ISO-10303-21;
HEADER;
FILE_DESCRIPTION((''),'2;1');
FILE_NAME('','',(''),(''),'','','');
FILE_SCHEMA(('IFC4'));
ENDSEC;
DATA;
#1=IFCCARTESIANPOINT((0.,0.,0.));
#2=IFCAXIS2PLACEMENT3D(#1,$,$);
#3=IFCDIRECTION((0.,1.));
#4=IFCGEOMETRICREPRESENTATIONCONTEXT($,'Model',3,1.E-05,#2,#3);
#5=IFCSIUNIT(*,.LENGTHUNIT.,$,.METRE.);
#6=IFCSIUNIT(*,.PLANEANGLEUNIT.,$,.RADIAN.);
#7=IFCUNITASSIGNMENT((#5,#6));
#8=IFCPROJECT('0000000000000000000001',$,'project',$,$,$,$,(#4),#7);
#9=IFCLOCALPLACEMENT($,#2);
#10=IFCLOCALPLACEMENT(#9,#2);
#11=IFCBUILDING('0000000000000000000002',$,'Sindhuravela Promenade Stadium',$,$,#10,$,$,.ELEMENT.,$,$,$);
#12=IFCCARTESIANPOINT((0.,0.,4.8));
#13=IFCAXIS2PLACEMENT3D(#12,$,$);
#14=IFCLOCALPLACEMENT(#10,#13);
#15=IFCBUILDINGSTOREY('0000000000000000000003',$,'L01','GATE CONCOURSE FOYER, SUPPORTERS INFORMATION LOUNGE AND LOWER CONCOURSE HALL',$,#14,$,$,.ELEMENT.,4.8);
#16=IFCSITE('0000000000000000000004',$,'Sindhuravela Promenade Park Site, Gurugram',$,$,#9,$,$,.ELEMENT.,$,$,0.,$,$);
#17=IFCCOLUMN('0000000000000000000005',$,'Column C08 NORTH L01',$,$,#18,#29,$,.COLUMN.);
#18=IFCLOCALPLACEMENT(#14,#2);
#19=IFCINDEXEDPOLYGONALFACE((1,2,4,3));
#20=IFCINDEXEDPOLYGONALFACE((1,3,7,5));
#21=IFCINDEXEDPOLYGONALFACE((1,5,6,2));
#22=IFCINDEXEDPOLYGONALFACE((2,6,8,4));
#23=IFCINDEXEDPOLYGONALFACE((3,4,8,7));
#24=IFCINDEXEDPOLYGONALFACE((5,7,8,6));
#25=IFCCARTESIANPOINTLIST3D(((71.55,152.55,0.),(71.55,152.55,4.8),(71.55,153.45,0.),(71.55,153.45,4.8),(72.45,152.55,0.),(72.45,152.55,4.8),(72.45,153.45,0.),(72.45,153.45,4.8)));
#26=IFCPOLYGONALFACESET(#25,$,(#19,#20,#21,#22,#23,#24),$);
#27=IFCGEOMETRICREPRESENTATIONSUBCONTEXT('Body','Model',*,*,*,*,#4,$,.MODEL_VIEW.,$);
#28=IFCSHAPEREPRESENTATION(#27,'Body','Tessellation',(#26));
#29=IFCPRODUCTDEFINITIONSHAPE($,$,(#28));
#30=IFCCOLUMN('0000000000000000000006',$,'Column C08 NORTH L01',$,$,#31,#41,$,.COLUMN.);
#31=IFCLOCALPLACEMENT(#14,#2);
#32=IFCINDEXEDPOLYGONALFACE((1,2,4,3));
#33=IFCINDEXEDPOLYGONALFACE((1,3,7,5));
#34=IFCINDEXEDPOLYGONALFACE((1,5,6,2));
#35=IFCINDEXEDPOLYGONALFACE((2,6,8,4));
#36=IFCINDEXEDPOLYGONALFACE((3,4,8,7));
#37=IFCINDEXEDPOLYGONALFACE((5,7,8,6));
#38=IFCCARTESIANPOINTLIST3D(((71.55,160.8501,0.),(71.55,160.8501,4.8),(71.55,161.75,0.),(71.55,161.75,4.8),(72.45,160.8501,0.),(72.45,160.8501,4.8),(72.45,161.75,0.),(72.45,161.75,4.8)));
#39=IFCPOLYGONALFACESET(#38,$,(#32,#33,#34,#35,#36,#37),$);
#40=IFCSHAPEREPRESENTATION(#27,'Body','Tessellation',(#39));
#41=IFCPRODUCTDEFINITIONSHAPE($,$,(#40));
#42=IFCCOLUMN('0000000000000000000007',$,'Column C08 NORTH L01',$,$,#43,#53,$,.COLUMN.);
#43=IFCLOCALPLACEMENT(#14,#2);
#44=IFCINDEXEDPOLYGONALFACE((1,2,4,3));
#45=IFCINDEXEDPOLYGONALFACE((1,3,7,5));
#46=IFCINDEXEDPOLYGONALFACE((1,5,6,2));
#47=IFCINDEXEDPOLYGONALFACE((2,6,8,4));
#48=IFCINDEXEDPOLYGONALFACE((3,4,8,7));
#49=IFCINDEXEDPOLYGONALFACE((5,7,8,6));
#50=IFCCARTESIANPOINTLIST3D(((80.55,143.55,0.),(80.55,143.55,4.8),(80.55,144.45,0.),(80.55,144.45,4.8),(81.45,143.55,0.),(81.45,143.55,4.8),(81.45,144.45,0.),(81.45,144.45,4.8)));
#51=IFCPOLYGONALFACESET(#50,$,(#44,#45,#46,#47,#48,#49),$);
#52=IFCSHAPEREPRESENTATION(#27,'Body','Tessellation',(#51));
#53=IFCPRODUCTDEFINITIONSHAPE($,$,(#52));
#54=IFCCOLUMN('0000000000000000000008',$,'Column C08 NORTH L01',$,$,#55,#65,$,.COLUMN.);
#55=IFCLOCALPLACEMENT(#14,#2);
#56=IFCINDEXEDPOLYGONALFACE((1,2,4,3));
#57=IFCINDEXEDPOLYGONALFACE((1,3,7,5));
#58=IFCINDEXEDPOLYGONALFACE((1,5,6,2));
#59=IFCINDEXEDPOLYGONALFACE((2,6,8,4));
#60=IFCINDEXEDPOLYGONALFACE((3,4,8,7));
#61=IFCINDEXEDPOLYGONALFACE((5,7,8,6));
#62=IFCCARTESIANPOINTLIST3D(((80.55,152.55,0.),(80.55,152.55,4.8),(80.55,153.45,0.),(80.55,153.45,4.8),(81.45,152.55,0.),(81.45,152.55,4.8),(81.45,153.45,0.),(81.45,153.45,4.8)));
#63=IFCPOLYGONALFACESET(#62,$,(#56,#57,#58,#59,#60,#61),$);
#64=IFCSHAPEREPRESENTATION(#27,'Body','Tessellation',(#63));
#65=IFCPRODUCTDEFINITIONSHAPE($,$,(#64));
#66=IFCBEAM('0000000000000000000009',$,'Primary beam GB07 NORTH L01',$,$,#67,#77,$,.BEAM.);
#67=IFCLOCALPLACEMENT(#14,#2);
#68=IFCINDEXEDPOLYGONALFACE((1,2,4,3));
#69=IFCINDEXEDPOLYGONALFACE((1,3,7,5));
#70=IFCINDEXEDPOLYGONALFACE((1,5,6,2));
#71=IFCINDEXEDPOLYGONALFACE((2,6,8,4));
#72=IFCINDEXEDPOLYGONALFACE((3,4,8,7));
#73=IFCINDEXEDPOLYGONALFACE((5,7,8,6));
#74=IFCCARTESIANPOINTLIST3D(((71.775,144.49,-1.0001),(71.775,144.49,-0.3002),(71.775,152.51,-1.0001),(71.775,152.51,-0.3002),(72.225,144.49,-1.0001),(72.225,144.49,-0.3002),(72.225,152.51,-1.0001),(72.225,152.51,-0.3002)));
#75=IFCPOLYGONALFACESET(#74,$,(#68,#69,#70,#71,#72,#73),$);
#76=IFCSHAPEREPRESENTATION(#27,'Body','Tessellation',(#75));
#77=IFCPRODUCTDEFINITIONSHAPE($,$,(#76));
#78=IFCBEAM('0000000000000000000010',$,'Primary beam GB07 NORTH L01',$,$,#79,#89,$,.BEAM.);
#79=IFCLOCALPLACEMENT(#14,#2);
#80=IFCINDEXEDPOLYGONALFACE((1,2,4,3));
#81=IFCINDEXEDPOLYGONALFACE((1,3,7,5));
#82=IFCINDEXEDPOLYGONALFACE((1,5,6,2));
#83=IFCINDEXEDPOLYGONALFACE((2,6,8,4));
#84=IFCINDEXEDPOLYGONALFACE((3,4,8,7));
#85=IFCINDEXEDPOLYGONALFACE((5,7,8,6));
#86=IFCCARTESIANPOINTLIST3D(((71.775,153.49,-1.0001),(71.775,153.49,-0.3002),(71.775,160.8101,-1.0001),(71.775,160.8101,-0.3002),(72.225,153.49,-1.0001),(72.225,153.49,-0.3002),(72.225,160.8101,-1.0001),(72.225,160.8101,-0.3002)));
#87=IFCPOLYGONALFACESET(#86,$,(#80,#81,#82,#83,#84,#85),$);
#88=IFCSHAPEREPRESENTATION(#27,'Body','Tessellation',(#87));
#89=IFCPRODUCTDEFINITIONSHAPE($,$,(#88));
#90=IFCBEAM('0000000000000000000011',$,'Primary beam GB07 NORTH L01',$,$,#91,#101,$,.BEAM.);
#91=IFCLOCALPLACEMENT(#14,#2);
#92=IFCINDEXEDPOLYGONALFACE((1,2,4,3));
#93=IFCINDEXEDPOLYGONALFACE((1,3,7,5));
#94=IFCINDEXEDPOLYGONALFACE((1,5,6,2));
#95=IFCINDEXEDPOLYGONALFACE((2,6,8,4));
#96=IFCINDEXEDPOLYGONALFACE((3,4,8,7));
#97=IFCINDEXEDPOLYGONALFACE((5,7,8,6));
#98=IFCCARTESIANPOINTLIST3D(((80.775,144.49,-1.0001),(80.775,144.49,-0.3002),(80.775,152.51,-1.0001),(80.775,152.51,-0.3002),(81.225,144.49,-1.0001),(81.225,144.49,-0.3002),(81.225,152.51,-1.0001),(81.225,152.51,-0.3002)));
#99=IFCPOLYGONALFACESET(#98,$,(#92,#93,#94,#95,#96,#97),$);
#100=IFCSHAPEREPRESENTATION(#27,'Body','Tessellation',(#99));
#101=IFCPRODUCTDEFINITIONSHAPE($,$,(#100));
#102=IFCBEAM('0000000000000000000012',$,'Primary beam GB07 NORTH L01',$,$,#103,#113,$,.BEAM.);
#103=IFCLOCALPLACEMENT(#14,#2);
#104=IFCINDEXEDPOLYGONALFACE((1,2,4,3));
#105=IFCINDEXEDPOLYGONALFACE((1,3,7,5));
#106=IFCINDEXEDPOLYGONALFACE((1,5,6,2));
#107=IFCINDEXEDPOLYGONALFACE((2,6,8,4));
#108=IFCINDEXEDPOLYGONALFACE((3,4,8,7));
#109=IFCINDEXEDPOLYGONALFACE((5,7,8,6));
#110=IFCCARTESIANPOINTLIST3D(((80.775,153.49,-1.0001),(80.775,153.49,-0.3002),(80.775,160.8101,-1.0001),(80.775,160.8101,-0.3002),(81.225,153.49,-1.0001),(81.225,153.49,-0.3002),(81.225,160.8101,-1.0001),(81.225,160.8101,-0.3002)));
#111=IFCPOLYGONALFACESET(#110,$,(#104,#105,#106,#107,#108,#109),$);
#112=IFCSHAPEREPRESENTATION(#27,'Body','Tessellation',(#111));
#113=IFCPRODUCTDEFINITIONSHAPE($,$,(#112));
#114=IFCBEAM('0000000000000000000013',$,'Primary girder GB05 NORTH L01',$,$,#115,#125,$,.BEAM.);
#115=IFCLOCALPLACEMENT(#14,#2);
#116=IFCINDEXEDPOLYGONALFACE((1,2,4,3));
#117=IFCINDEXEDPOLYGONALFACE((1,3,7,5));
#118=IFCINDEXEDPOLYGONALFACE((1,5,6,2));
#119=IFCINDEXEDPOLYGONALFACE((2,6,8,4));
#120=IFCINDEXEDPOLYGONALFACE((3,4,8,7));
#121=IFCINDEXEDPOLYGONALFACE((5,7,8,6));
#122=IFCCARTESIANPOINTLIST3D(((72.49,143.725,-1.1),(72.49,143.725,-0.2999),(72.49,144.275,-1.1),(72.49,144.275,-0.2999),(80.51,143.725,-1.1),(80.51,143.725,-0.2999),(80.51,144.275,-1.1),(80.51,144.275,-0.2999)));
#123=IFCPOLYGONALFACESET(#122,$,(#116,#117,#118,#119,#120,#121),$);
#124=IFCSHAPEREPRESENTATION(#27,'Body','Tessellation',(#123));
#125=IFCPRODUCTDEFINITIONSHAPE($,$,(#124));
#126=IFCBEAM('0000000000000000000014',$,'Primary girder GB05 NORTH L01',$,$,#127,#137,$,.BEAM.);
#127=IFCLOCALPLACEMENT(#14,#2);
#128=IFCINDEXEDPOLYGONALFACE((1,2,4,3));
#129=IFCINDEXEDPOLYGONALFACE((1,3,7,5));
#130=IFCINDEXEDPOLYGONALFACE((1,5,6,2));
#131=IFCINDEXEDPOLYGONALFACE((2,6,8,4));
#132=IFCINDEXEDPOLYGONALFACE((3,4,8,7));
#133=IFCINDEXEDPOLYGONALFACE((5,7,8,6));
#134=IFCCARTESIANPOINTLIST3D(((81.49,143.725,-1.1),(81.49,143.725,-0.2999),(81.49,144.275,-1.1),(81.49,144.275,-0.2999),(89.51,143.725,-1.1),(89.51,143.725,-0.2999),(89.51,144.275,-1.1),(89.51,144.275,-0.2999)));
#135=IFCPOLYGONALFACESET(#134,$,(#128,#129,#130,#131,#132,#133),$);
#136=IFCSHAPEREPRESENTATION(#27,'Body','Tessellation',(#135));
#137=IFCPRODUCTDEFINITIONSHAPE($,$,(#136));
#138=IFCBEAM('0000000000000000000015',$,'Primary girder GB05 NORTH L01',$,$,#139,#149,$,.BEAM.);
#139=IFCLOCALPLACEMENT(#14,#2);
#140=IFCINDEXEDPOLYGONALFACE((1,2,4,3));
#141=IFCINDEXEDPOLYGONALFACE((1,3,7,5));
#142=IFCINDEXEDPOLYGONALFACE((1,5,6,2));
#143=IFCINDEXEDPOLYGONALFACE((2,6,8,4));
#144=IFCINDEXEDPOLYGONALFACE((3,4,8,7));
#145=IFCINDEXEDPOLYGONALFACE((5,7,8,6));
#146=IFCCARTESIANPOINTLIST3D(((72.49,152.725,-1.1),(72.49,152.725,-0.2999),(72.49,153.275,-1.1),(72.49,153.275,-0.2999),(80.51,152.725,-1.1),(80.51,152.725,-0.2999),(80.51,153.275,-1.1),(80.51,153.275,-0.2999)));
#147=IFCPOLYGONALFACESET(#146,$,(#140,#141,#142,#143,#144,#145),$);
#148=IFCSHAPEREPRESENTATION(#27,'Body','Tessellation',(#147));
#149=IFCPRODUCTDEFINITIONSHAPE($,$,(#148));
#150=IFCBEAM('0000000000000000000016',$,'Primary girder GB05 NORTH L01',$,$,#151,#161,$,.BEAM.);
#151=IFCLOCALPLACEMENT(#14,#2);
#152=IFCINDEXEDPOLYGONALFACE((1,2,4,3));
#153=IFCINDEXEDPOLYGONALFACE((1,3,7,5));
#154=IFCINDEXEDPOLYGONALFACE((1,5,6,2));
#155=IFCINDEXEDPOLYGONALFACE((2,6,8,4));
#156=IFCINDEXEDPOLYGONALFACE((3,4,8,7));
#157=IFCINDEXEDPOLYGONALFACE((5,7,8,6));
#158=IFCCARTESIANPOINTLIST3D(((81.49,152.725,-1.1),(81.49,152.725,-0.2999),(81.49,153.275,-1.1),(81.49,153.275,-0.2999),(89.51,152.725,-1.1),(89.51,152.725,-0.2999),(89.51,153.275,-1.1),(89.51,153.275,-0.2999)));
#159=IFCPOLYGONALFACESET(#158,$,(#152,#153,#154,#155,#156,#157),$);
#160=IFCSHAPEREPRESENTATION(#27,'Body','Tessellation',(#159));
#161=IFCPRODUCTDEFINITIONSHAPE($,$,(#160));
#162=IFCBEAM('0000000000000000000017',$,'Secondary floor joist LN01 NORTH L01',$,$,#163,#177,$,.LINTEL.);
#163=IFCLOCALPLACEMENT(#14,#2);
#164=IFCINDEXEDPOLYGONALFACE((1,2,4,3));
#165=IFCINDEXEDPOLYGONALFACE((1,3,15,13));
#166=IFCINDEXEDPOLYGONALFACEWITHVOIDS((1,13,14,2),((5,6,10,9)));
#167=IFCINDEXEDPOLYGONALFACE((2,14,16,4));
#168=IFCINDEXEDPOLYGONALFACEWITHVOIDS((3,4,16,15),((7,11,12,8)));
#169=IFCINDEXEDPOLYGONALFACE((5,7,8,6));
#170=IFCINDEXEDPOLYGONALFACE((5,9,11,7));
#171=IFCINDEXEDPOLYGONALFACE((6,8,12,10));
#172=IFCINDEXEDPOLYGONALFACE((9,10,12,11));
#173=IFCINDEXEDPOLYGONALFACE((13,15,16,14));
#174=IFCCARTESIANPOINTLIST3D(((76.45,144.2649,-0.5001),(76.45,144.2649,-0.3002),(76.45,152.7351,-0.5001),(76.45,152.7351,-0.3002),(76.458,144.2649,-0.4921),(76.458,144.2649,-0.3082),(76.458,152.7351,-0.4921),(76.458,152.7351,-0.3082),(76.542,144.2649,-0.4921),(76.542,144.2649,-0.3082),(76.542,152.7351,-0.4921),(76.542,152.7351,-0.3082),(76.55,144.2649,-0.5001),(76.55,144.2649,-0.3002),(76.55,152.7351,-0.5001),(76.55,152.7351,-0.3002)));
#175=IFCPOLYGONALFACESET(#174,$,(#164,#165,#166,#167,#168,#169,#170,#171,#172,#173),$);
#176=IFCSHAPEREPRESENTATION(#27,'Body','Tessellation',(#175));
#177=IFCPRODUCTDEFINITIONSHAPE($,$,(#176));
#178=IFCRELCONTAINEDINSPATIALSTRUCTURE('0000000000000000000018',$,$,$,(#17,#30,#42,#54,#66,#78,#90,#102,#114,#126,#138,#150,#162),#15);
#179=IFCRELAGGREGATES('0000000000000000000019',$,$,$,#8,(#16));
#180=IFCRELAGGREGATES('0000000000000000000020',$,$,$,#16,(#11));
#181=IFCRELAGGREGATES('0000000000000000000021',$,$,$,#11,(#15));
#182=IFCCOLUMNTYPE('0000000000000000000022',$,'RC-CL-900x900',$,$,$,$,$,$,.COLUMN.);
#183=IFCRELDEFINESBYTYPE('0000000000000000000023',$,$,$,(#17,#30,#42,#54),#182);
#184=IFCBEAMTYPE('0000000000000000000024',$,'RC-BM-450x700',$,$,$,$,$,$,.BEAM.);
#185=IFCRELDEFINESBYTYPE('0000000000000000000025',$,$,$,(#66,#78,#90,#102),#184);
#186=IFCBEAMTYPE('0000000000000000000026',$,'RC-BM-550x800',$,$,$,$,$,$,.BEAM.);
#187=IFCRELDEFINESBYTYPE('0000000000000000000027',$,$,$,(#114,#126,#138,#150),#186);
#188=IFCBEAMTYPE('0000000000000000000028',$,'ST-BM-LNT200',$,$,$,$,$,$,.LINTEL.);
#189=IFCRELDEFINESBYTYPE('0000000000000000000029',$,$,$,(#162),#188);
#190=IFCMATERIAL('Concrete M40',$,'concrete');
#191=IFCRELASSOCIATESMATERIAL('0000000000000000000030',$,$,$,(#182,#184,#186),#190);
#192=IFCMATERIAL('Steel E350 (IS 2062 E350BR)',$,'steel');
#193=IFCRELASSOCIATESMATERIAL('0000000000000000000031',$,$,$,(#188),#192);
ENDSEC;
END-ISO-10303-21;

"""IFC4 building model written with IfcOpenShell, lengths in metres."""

from ifc_helpers import new_model, si_unit, direction, frame, origin, origin_2d, place, context, subcontext, project, spatial, rectangle, hollow_rectangle, extrude, material, material_profile, profile_set, type_object, element, save


model = new_model("IFC4")

# Units and contexts
model_context = context("Model", 3, precision=1e-05, world=origin(), true_north=direction((0.0, 1.0)))
body_context = subcontext(model_context, "Body", "Model", "MODEL_VIEW")
ifc_project = project(units=[si_unit("LENGTHUNIT", "METRE"), si_unit("PLANEANGLEUNIT", "RADIAN")], contexts=[model_context])

# Site, building, storey
site_placement = place(None, origin())
site = spatial("IfcSite", under=ifc_project, at=site_placement, Name="Sindhuravela Promenade Park Site, Gurugram", CompositionType="ELEMENT", RefElevation=0.0)
building_placement = place(site_placement, origin())
building = spatial("IfcBuilding", under=site, at=building_placement, Name="Sindhuravela Promenade Stadium", CompositionType="ELEMENT")
storey_placement = place(building_placement, frame((0.0, 0.0, 4.8)))
storey = spatial("IfcBuildingStorey", under=building, at=storey_placement, Name="L01", Description="GATE CONCOURSE FOYER, SUPPORTERS INFORMATION LOUNGE AND LOWER CONCOURSE HALL", CompositionType="ELEMENT", Elevation=4.8)

# Columns
ifc_material_1 = material(Name="Concrete M40", Category="concrete")
ifc_material_profile_1 = material_profile(ifc_material_1, rectangle(XDim=0.8999, YDim=0.8999, at=origin_2d()), Name="RC 900x900")
ifc_profile_set_1 = profile_set([ifc_material_profile_1], Name="Concrete M40")
column_type = type_object("IfcColumnType", Name="RC-CL-900x900", PredefinedType="COLUMN", material=ifc_profile_set_1)
for number, where, z_axis, x_axis, name in (
    (1, (72.0, 153.0, 0.0), (0.0, 0.0, 1.0), (1.0, 0.0, 0.0), "Column C08 NORTH L01"),
    (2, (72.0, 161.3, 0.0), (0.0, 0.0, 1.0), (1.0, 0.0, 0.0), "Column C08 NORTH L01"),
    (3, (81.0, 144.0, 0.0), (0.0, 0.0, 1.0), (1.0, 0.0, 0.0), "Column C08 NORTH L01"),
    (4, (81.0, 153.0, 0.0), (0.0, 0.0, 1.0), (1.0, 0.0, 0.0), "Column C08 NORTH L01"),
):
    element("IfcColumn", number, at=place(storey_placement, frame(where, z_axis=z_axis, x_axis=x_axis)), inside=storey, type_object=column_type, Name=name, PredefinedType="COLUMN", context=body_context, shape_type="SweptSolid", body=[
        extrude(rectangle(XDim=0.8999, YDim=0.8999, at=origin_2d()), origin(), (0.0, 0.0, 1.0), 4.8),
    ])

# Beams
ifc_material_profile_2 = material_profile(ifc_material_1, rectangle(XDim=0.45, YDim=0.7, at=origin_2d()), Name="RC 450x700")
ifc_profile_set_2 = profile_set([ifc_material_profile_2], Name="Concrete M40")
beam_type_1 = type_object("IfcBeamType", Name="RC-BM-450x700", PredefinedType="BEAM", material=ifc_profile_set_2)
beam_1_placement = place(storey_placement, frame((72.0, 144.49, -0.6501), z_axis=(0.0, 1.0, 0.0), x_axis=(-1.0, 0.0, 0.0)))
element("IfcBeam", 5, at=beam_1_placement, inside=storey, type_object=beam_type_1, Name="Primary beam GB07 NORTH L01", PredefinedType="BEAM", context=body_context, shape_type="SweptSolid", body=[
    extrude(rectangle(XDim=0.45, YDim=0.7, at=origin_2d()), origin(), (0.0, 0.0, 1.0), 8.02),
])
beam_2_placement = place(storey_placement, frame((72.0, 153.49, -0.6501), z_axis=(0.0, 1.0, 0.0), x_axis=(-1.0, 0.0, 0.0)))
element("IfcBeam", 6, at=beam_2_placement, inside=storey, type_object=beam_type_1, Name="Primary beam GB07 NORTH L01", PredefinedType="BEAM", context=body_context, shape_type="SweptSolid", body=[
    extrude(rectangle(XDim=0.45, YDim=0.7, at=origin_2d()), origin(), (0.0, 0.0, 1.0), 7.3201),
])
beam_3_placement = place(storey_placement, frame((81.0, 144.49, -0.6501), z_axis=(0.0, 1.0, 0.0), x_axis=(-1.0, 0.0, 0.0)))
element("IfcBeam", 7, at=beam_3_placement, inside=storey, type_object=beam_type_1, Name="Primary beam GB07 NORTH L01", PredefinedType="BEAM", context=body_context, shape_type="SweptSolid", body=[
    extrude(rectangle(XDim=0.45, YDim=0.7, at=origin_2d()), origin(), (0.0, 0.0, 1.0), 8.02),
])
beam_4_placement = place(storey_placement, frame((81.0, 153.49, -0.6501), z_axis=(0.0, 1.0, 0.0), x_axis=(-1.0, 0.0, 0.0)))
element("IfcBeam", 8, at=beam_4_placement, inside=storey, type_object=beam_type_1, Name="Primary beam GB07 NORTH L01", PredefinedType="BEAM", context=body_context, shape_type="SweptSolid", body=[
    extrude(rectangle(XDim=0.45, YDim=0.7, at=origin_2d()), origin(), (0.0, 0.0, 1.0), 7.3201),
])
ifc_material_profile_3 = material_profile(ifc_material_1, rectangle(XDim=0.55, YDim=0.8, at=origin_2d()), Name="RC 550x800")
ifc_profile_set_3 = profile_set([ifc_material_profile_3], Name="Concrete M40")
beam_type_2 = type_object("IfcBeamType", Name="RC-BM-550x800", PredefinedType="BEAM", material=ifc_profile_set_3)
for number, where, z_axis, x_axis, name in (
    (9, (72.49, 144.0, -0.7), (1.0, 0.0, 0.0), (0.0, 1.0, 0.0), "Primary girder GB05 NORTH L01"),
    (10, (81.49, 144.0, -0.7), (1.0, 0.0, 0.0), (0.0, 1.0, 0.0), "Primary girder GB05 NORTH L01"),
    (11, (72.49, 153.0, -0.7), (1.0, 0.0, 0.0), (0.0, 1.0, 0.0), "Primary girder GB05 NORTH L01"),
    (12, (81.49, 153.0, -0.7), (1.0, 0.0, 0.0), (0.0, 1.0, 0.0), "Primary girder GB05 NORTH L01"),
):
    element("IfcBeam", number, at=place(storey_placement, frame(where, z_axis=z_axis, x_axis=x_axis)), inside=storey, type_object=beam_type_2, Name=name, PredefinedType="BEAM", context=body_context, shape_type="SweptSolid", body=[
        extrude(rectangle(XDim=0.55, YDim=0.8, at=origin_2d()), origin(), (0.0, 0.0, 1.0), 8.02),
    ])
ifc_material_2 = material(Name="Steel E350 (IS 2062 E350BR)", Category="steel")
ifc_material_profile_4 = material_profile(ifc_material_2, hollow_rectangle(XDim=0.1001, YDim=0.2, WallThickness=0.0081, at=origin_2d()), Name="RHS 200x100x8")
ifc_profile_set_4 = profile_set([ifc_material_profile_4], Name="Steel E350 (IS 2062 E350BR)")
beam_type_3 = type_object("IfcBeamType", Name="ST-BM-LNT200", PredefinedType="LINTEL", material=ifc_profile_set_4)
beam_5_placement = place(storey_placement, frame((76.5, 144.2649, -0.4001), z_axis=(0.0, 1.0, 0.0), x_axis=(-1.0, 0.0, 0.0)))
element("IfcBeam", 13, at=beam_5_placement, inside=storey, type_object=beam_type_3, Name="Secondary floor joist LN01 NORTH L01", PredefinedType="LINTEL", context=body_context, shape_type="SweptSolid", body=[
    extrude(hollow_rectangle(XDim=0.1001, YDim=0.2, WallThickness=0.0081, at=origin_2d()), origin(), (0.0, 0.0, 1.0), 8.4702),
])

save(model, "model.ifc")
